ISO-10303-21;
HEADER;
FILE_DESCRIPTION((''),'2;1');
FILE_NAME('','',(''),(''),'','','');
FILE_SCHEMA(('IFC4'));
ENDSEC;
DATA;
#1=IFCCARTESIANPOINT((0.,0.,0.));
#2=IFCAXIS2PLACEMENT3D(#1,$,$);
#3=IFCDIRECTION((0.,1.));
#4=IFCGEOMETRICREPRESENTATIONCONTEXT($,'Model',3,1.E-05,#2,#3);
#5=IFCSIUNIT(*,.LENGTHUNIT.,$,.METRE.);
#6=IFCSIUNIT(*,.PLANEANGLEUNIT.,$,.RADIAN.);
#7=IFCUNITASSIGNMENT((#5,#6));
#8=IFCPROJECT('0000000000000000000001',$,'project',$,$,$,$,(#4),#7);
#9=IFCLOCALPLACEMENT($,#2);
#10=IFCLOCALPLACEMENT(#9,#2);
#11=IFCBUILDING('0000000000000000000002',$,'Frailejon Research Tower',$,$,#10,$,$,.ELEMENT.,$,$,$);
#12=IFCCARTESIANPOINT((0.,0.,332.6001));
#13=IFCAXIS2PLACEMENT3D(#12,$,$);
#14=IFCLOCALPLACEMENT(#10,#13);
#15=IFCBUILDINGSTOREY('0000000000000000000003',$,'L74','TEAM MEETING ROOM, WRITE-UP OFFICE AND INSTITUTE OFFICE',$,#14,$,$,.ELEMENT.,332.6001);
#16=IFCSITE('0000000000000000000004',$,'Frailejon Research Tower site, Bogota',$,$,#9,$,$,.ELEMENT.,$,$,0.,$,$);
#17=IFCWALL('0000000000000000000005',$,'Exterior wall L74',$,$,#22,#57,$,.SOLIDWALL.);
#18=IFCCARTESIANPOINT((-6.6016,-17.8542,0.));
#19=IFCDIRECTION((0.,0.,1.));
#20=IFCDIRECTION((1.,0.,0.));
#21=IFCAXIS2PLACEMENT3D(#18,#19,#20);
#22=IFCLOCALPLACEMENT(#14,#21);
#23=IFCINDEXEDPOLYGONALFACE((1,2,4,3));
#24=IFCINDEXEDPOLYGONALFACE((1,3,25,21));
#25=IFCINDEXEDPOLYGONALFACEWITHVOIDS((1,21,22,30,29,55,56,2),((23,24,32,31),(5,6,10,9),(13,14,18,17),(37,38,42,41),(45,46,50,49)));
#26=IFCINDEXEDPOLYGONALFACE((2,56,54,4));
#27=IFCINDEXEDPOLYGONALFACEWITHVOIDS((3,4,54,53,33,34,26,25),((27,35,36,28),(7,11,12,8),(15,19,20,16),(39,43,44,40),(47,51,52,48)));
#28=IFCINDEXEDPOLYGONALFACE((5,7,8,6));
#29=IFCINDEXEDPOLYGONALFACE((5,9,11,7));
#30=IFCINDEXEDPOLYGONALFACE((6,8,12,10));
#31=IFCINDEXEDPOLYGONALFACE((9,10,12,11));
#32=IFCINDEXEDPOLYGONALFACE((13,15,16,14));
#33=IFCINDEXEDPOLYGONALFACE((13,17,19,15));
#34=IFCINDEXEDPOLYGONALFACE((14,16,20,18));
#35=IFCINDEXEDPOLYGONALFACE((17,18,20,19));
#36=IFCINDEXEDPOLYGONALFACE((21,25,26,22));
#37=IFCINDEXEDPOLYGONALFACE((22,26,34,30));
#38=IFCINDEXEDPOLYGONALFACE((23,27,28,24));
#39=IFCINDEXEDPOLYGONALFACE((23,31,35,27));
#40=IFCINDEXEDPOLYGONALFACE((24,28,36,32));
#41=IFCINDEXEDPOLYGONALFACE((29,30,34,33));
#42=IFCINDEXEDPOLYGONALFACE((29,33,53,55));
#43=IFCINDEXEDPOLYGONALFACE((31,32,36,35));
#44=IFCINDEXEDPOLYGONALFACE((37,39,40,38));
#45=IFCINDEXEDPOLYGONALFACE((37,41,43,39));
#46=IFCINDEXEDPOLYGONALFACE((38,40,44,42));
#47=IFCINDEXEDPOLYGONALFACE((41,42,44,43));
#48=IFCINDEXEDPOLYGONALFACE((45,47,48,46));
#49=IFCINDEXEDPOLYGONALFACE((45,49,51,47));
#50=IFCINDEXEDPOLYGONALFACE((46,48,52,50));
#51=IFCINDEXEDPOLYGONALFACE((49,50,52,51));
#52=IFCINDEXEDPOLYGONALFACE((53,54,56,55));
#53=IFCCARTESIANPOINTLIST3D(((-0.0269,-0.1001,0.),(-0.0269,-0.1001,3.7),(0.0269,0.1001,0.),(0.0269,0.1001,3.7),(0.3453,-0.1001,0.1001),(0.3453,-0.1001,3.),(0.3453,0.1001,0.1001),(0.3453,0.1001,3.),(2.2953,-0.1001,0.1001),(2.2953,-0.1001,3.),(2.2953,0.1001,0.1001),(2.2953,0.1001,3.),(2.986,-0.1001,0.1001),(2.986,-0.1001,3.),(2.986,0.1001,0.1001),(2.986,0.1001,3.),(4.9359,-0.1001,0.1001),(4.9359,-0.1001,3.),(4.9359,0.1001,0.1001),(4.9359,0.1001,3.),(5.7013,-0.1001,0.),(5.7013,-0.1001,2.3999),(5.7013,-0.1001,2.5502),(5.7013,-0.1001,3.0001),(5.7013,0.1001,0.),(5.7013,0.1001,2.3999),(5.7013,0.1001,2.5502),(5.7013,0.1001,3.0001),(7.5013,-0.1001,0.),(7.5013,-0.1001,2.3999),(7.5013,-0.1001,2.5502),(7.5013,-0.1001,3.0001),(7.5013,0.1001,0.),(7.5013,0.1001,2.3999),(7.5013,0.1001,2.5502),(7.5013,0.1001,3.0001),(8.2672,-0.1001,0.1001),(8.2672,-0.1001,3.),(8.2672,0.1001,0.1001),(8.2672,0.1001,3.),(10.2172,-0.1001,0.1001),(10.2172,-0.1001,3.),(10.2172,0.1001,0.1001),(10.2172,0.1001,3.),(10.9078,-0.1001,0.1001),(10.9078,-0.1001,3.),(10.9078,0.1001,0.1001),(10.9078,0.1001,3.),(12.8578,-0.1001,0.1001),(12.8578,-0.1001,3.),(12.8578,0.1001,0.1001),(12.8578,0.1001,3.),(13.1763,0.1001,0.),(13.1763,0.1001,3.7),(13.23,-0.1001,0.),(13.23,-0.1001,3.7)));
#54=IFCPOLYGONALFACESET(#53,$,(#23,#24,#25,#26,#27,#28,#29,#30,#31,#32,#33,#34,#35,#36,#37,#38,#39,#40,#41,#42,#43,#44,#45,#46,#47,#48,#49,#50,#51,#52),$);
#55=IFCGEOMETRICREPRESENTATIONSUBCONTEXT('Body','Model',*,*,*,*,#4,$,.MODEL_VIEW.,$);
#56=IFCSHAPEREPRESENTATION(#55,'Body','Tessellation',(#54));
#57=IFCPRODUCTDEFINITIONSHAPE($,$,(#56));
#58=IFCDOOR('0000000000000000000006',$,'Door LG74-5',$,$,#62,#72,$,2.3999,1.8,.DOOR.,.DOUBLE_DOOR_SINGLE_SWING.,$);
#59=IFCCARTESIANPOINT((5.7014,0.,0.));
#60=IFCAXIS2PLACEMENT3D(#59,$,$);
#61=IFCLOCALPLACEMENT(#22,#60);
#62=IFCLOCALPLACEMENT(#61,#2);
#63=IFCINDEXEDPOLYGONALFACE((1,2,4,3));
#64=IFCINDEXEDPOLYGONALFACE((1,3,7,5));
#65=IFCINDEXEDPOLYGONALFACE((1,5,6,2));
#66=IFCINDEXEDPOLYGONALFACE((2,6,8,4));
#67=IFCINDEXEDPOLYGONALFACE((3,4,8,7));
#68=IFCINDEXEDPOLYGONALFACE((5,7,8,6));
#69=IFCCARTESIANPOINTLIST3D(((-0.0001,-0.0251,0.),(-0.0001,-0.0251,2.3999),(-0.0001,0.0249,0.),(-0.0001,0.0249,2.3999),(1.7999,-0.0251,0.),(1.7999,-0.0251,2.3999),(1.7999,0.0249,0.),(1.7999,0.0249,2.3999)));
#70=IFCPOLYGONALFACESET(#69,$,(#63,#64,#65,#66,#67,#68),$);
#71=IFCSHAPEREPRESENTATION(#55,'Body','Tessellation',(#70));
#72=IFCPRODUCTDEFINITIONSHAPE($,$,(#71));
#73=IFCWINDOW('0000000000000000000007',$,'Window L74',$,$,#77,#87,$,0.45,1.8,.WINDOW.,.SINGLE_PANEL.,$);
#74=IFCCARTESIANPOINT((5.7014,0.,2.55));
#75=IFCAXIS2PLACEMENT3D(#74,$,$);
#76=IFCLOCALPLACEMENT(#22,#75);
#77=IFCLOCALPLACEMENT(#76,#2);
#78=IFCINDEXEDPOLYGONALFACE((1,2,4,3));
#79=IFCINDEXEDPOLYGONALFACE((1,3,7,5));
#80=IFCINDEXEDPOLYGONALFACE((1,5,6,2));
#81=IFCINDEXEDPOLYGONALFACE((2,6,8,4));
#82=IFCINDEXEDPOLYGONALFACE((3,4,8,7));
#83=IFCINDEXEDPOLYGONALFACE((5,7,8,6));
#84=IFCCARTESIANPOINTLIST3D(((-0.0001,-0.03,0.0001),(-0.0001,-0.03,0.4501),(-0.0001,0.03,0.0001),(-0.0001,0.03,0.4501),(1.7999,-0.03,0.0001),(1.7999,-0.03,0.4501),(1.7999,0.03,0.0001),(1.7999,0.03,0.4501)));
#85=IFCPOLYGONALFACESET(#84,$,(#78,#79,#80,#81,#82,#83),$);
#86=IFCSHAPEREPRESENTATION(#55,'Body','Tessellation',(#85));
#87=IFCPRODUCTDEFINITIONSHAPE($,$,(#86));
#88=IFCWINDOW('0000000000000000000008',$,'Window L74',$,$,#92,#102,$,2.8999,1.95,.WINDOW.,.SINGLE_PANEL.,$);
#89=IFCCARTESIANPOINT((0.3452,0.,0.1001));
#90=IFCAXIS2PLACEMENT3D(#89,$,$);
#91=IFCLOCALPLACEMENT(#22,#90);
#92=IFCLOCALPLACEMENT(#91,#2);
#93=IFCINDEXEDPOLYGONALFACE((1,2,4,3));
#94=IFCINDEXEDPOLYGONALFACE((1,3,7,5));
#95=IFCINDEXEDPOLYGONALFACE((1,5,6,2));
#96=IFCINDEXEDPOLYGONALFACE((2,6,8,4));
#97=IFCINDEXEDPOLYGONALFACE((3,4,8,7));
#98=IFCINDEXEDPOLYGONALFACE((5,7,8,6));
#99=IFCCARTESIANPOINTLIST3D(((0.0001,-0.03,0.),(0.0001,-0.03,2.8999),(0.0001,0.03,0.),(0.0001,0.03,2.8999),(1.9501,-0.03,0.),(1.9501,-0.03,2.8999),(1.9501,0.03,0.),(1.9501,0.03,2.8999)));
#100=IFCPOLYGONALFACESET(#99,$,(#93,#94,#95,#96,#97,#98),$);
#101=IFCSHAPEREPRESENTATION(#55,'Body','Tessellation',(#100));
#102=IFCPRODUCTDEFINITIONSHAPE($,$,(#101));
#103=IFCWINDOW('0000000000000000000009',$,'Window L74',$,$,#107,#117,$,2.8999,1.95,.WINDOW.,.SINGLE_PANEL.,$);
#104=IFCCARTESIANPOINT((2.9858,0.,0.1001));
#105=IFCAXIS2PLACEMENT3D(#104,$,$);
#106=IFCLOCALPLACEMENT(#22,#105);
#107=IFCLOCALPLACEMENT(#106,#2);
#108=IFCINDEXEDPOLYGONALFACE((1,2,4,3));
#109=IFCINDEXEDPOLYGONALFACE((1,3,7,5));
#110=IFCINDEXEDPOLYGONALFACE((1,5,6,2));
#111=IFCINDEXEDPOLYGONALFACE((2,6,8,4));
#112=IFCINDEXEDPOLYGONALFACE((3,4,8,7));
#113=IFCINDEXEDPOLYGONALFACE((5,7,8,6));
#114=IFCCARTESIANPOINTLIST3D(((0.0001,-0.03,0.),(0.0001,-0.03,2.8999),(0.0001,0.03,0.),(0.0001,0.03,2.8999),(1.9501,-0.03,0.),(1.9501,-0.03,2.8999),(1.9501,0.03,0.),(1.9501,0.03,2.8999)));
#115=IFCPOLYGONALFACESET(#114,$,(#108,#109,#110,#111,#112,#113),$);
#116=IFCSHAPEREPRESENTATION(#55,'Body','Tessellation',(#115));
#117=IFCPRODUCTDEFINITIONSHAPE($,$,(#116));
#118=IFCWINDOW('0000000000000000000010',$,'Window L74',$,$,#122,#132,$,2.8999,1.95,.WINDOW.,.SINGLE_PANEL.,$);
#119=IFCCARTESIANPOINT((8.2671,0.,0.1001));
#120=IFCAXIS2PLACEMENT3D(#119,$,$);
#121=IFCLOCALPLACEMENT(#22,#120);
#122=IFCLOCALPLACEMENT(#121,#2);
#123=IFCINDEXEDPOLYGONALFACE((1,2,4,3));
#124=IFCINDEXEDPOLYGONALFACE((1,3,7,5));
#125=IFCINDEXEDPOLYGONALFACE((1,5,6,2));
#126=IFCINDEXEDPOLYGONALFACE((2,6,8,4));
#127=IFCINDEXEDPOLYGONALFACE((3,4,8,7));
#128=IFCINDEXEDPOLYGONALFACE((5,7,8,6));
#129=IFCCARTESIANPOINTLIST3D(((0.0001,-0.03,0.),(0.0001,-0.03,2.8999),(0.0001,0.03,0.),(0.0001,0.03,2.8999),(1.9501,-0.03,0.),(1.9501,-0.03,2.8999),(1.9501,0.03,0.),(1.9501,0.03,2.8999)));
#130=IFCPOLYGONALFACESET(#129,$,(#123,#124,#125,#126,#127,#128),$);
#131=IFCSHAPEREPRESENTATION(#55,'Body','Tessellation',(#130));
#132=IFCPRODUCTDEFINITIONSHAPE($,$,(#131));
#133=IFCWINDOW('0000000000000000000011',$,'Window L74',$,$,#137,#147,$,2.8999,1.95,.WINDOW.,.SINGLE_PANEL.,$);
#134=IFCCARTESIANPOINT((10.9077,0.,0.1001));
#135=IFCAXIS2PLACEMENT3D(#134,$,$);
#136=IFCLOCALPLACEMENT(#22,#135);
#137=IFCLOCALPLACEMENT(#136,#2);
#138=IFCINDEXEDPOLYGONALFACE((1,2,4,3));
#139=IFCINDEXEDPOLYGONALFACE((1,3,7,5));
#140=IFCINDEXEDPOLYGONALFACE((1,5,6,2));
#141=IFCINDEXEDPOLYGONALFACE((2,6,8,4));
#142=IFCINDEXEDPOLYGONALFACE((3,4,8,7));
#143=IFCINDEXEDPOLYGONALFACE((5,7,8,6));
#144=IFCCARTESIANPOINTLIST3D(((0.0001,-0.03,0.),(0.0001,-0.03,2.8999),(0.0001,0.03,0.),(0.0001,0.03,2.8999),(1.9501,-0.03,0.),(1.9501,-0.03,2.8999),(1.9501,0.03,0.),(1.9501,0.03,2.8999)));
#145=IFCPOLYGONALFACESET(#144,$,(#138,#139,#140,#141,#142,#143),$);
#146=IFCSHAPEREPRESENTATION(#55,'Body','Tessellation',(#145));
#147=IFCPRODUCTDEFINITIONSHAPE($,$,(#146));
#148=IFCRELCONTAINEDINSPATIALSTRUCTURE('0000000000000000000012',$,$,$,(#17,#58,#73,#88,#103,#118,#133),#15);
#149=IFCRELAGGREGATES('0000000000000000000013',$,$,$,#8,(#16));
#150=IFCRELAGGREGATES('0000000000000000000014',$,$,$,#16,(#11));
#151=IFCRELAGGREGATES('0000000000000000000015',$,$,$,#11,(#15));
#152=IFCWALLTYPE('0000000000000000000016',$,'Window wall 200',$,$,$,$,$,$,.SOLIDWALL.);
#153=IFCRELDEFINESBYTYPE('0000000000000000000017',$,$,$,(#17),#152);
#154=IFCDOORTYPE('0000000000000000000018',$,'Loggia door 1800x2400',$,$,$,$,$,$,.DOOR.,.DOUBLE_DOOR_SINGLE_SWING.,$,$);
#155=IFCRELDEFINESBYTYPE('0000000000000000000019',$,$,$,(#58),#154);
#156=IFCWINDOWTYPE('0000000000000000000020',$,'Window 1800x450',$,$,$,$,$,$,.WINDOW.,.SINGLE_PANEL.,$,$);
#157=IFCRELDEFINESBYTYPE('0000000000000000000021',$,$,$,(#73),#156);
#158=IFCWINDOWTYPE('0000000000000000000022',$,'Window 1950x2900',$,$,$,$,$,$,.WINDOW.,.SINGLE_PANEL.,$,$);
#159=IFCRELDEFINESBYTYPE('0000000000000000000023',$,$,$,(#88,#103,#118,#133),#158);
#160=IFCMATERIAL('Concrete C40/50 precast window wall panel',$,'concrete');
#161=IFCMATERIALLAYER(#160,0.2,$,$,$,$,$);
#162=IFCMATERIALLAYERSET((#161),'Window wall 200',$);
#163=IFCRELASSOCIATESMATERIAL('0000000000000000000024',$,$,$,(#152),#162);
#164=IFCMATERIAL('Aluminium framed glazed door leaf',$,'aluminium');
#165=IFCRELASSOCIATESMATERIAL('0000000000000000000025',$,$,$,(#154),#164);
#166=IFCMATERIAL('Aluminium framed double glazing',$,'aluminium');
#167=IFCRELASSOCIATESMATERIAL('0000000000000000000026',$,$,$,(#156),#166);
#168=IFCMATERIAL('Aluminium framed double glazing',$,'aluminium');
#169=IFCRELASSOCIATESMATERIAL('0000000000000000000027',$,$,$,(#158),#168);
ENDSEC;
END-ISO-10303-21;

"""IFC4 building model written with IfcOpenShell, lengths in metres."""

from ifc_helpers import new_model, si_unit, direction, frame, frame_2d, origin, place, context, subcontext, project, spatial, polyline, rectangle, outline, extrude, material, layer, layer_set, type_object, element, fill, save


model = new_model("IFC4")

# Units and contexts
model_context = context("Model", 3, precision=1e-05, world=origin(), true_north=direction((0.0, 1.0)))
body_context = subcontext(model_context, "Body", "Model", "MODEL_VIEW")
ifc_project = project(units=[si_unit("LENGTHUNIT", "METRE"), si_unit("PLANEANGLEUNIT", "RADIAN")], contexts=[model_context])

# Site, building, storey
site_placement = place(None, origin())
site = spatial("IfcSite", under=ifc_project, at=site_placement, Name="Frailejon Research Tower site, Bogota", CompositionType="ELEMENT", RefElevation=0.0)
building_placement = place(site_placement, origin())
building = spatial("IfcBuilding", under=site, at=building_placement, Name="Frailejon Research Tower", CompositionType="ELEMENT")
storey_placement = place(building_placement, frame((0.0, 0.0, 332.6001)))
storey = spatial("IfcBuildingStorey", under=building, at=storey_placement, Name="L74", Description="TEAM MEETING ROOM, WRITE-UP OFFICE AND INSTITUTE OFFICE", CompositionType="ELEMENT", Elevation=332.6001)

# Shared definitions
ifc_material_1 = material(Name="Concrete C40/50 precast window wall panel", Category="concrete")
ifc_layer_1 = layer(ifc_material_1, 0.2)
ifc_layer_set_1 = layer_set([ifc_layer_1], Name="Window wall 200")
wall_type_1 = type_object("IfcWallType", Name="Window wall 200", PredefinedType="SOLIDWALL", material=ifc_layer_set_1)

# Wall, openings, door, windows
wall_1_placement = place(storey_placement, frame((-6.6016, -17.8542, 0.0), z_axis=(0.0, 0.0, 1.0), x_axis=(1.0, 0.0, 0.0)))
wall_1 = element("IfcWall", 1, at=wall_1_placement, inside=storey, type_object=wall_type_1, Name="Exterior wall L74", PredefinedType="SOLIDWALL", context=body_context, shape_type="SweptSolid", body=[
    extrude(outline(polyline([(-0.0269, -0.1001), (0.9929, -0.1001), (2.0127, -0.1001), (3.0325, -0.1001), (4.0522, -0.1001), (5.072, -0.1001), (6.0918, -0.1001), (7.1113, -0.1001), (8.1311, -0.1001), (9.1509, -0.1001), (10.1707, -0.1001), (11.1904, -0.1001), (12.2102, -0.1001), (13.23, -0.1001), (13.1763, 0.1001), (12.1648, 0.1001), (11.1533, 0.1001), (10.1418, 0.1001), (9.1304, 0.1001), (8.1189, 0.1001), (7.1074, 0.1001), (6.0957, 0.1001), (5.0842, 0.1001), (4.0728, 0.1001), (3.0613, 0.1001), (2.0498, 0.1001), (1.0383, 0.1001), (0.0269, 0.1001), (-0.0269, -0.1001)])), origin(), (0.0, 0.0, 1.0), 3.7),
])
opening_1_placement = place(wall_1_placement, frame((0.3452, 0.0, 0.1001)))
opening_1 = element("IfcOpeningElement", 2, at=opening_1_placement, cuts=wall_1, PredefinedType="OPENING", context=body_context, shape_type="SweptSolid", body=[
    extrude(rectangle(XDim=1.95, YDim=2.8999, at=frame_2d((0.9751, 1.45))), frame((0.0, 0.1099, 0.0), z_axis=(0.0, -1.0, 0.0), x_axis=(1.0, 0.0, 0.0)), (0.0, 0.0, 1.0), 0.22),
])
opening_2_placement = place(wall_1_placement, frame((2.9858, 0.0, 0.1001)))
opening_2 = element("IfcOpeningElement", 3, at=opening_2_placement, cuts=wall_1, PredefinedType="OPENING", context=body_context, shape_type="SweptSolid", body=[
    extrude(rectangle(XDim=1.95, YDim=2.8999, at=frame_2d((0.9751, 1.45))), frame((0.0, 0.1099, 0.0), z_axis=(0.0, -1.0, 0.0), x_axis=(1.0, 0.0, 0.0)), (0.0, 0.0, 1.0), 0.22),
])
opening_3_placement = place(wall_1_placement, frame((5.7014, 0.0, 0.0)))
opening_3 = element("IfcOpeningElement", 4, at=opening_3_placement, cuts=wall_1, PredefinedType="OPENING", context=body_context, shape_type="SweptSolid", body=[
    extrude(rectangle(XDim=1.8, YDim=2.3999, at=frame_2d((0.8999, 1.2))), frame((0.0, 0.1099, 0.0), z_axis=(0.0, -1.0, 0.0), x_axis=(1.0, 0.0, 0.0)), (0.0, 0.0, 1.0), 0.22),
])
opening_4_placement = place(wall_1_placement, frame((5.7014, 0.0, 2.55)))
opening_4 = element("IfcOpeningElement", 5, at=opening_4_placement, cuts=wall_1, PredefinedType="OPENING", context=body_context, shape_type="SweptSolid", body=[
    extrude(rectangle(XDim=1.8, YDim=0.45, at=frame_2d((0.8999, 0.2251))), frame((0.0, 0.1099, 0.0), z_axis=(0.0, -1.0, 0.0), x_axis=(1.0, 0.0, 0.0)), (0.0, 0.0, 1.0), 0.22),
])
opening_5_placement = place(wall_1_placement, frame((8.2671, 0.0, 0.1001)))
opening_5 = element("IfcOpeningElement", 6, at=opening_5_placement, cuts=wall_1, PredefinedType="OPENING", context=body_context, shape_type="SweptSolid", body=[
    extrude(rectangle(XDim=1.95, YDim=2.8999, at=frame_2d((0.9751, 1.45))), frame((0.0, 0.1099, 0.0), z_axis=(0.0, -1.0, 0.0), x_axis=(1.0, 0.0, 0.0)), (0.0, 0.0, 1.0), 0.22),
])
opening_6_placement = place(wall_1_placement, frame((10.9077, 0.0, 0.1001)))
opening_6 = element("IfcOpeningElement", 7, at=opening_6_placement, cuts=wall_1, PredefinedType="OPENING", context=body_context, shape_type="SweptSolid", body=[
    extrude(rectangle(XDim=1.95, YDim=2.8999, at=frame_2d((0.9751, 1.45))), frame((0.0, 0.1099, 0.0), z_axis=(0.0, -1.0, 0.0), x_axis=(1.0, 0.0, 0.0)), (0.0, 0.0, 1.0), 0.22),
])
ifc_material_2 = material(Name="Aluminium framed glazed door leaf", Category="aluminium")
door_type_1 = type_object("IfcDoorType", Name="Loggia door 1800x2400", OperationType="DOUBLE_DOOR_SINGLE_SWING", PredefinedType="DOOR", material=ifc_material_2)
door_1_placement = place(opening_3_placement, origin())
door_1 = element("IfcDoor", 8, at=door_1_placement, inside=storey, type_object=door_type_1, Name="Door LG74-5", OperationType="DOUBLE_DOOR_SINGLE_SWING", OverallHeight=2.3999, OverallWidth=1.8, PredefinedType="DOOR", context=body_context, shape_type="SweptSolid", body=[
    extrude(rectangle(XDim=1.8, YDim=2.3999, at=frame_2d((0.8999, 1.2))), frame((0.0, 0.0249, 0.0), z_axis=(0.0, -1.0, 0.0), x_axis=(1.0, 0.0, 0.0)), (0.0, 0.0, 1.0), 0.05),
])
fill(opening_3, door_1)
ifc_material_3 = material(Name="Aluminium framed double glazing", Category="aluminium")
window_type_1 = type_object("IfcWindowType", Name="Window 1800x450", PartitioningType="SINGLE_PANEL", PredefinedType="WINDOW", material=ifc_material_3)
window_1_placement = place(opening_4_placement, origin())
window_1 = element("IfcWindow", 9, at=window_1_placement, inside=storey, type_object=window_type_1, Name="Window L74", OverallHeight=0.45, OverallWidth=1.8, PartitioningType="SINGLE_PANEL", PredefinedType="WINDOW", context=body_context, shape_type="SweptSolid", body=[
    extrude(rectangle(XDim=1.8, YDim=0.45, at=frame_2d((0.8999, 0.2251))), frame((0.0, 0.03, 0.0), z_axis=(0.0, -1.0, 0.0), x_axis=(1.0, 0.0, 0.0)), (0.0, 0.0, 1.0), 0.0601),
])
fill(opening_4, window_1)
ifc_material_4 = material(Name="Aluminium framed double glazing", Category="aluminium")
window_type_2 = type_object("IfcWindowType", Name="Window 1950x2900", PartitioningType="SINGLE_PANEL", PredefinedType="WINDOW", material=ifc_material_4)
window_2_placement = place(opening_1_placement, origin())
window_2 = element("IfcWindow", 10, at=window_2_placement, inside=storey, type_object=window_type_2, Name="Window L74", OverallHeight=2.8999, OverallWidth=1.95, PartitioningType="SINGLE_PANEL", PredefinedType="WINDOW", context=body_context, shape_type="SweptSolid", body=[
    extrude(rectangle(XDim=1.95, YDim=2.8999, at=frame_2d((0.9751, 1.45))), frame((0.0, 0.03, 0.0), z_axis=(0.0, -1.0, 0.0), x_axis=(1.0, 0.0, 0.0)), (0.0, 0.0, 1.0), 0.0601),
])
fill(opening_1, window_2)
window_3_placement = place(opening_2_placement, origin())
window_3 = element("IfcWindow", 11, at=window_3_placement, inside=storey, type_object=window_type_2, Name="Window L74", OverallHeight=2.8999, OverallWidth=1.95, PartitioningType="SINGLE_PANEL", PredefinedType="WINDOW", context=body_context, shape_type="SweptSolid", body=[
    extrude(rectangle(XDim=1.95, YDim=2.8999, at=frame_2d((0.9751, 1.45))), frame((0.0, 0.03, 0.0), z_axis=(0.0, -1.0, 0.0), x_axis=(1.0, 0.0, 0.0)), (0.0, 0.0, 1.0), 0.0601),
])
fill(opening_2, window_3)
window_4_placement = place(opening_5_placement, origin())
window_4 = element("IfcWindow", 12, at=window_4_placement, inside=storey, type_object=window_type_2, Name="Window L74", OverallHeight=2.8999, OverallWidth=1.95, PartitioningType="SINGLE_PANEL", PredefinedType="WINDOW", context=body_context, shape_type="SweptSolid", body=[
    extrude(rectangle(XDim=1.95, YDim=2.8999, at=frame_2d((0.9751, 1.45))), frame((0.0, 0.03, 0.0), z_axis=(0.0, -1.0, 0.0), x_axis=(1.0, 0.0, 0.0)), (0.0, 0.0, 1.0), 0.0601),
])
fill(opening_5, window_4)
window_5_placement = place(opening_6_placement, origin())
window_5 = element("IfcWindow", 13, at=window_5_placement, inside=storey, type_object=window_type_2, Name="Window L74", OverallHeight=2.8999, OverallWidth=1.95, PartitioningType="SINGLE_PANEL", PredefinedType="WINDOW", context=body_context, shape_type="SweptSolid", body=[
    extrude(rectangle(XDim=1.95, YDim=2.8999, at=frame_2d((0.9751, 1.45))), frame((0.0, 0.03, 0.0), z_axis=(0.0, -1.0, 0.0), x_axis=(1.0, 0.0, 0.0)), (0.0, 0.0, 1.0), 0.0601),
])
fill(opening_6, window_5)

save(model, "model.ifc")
